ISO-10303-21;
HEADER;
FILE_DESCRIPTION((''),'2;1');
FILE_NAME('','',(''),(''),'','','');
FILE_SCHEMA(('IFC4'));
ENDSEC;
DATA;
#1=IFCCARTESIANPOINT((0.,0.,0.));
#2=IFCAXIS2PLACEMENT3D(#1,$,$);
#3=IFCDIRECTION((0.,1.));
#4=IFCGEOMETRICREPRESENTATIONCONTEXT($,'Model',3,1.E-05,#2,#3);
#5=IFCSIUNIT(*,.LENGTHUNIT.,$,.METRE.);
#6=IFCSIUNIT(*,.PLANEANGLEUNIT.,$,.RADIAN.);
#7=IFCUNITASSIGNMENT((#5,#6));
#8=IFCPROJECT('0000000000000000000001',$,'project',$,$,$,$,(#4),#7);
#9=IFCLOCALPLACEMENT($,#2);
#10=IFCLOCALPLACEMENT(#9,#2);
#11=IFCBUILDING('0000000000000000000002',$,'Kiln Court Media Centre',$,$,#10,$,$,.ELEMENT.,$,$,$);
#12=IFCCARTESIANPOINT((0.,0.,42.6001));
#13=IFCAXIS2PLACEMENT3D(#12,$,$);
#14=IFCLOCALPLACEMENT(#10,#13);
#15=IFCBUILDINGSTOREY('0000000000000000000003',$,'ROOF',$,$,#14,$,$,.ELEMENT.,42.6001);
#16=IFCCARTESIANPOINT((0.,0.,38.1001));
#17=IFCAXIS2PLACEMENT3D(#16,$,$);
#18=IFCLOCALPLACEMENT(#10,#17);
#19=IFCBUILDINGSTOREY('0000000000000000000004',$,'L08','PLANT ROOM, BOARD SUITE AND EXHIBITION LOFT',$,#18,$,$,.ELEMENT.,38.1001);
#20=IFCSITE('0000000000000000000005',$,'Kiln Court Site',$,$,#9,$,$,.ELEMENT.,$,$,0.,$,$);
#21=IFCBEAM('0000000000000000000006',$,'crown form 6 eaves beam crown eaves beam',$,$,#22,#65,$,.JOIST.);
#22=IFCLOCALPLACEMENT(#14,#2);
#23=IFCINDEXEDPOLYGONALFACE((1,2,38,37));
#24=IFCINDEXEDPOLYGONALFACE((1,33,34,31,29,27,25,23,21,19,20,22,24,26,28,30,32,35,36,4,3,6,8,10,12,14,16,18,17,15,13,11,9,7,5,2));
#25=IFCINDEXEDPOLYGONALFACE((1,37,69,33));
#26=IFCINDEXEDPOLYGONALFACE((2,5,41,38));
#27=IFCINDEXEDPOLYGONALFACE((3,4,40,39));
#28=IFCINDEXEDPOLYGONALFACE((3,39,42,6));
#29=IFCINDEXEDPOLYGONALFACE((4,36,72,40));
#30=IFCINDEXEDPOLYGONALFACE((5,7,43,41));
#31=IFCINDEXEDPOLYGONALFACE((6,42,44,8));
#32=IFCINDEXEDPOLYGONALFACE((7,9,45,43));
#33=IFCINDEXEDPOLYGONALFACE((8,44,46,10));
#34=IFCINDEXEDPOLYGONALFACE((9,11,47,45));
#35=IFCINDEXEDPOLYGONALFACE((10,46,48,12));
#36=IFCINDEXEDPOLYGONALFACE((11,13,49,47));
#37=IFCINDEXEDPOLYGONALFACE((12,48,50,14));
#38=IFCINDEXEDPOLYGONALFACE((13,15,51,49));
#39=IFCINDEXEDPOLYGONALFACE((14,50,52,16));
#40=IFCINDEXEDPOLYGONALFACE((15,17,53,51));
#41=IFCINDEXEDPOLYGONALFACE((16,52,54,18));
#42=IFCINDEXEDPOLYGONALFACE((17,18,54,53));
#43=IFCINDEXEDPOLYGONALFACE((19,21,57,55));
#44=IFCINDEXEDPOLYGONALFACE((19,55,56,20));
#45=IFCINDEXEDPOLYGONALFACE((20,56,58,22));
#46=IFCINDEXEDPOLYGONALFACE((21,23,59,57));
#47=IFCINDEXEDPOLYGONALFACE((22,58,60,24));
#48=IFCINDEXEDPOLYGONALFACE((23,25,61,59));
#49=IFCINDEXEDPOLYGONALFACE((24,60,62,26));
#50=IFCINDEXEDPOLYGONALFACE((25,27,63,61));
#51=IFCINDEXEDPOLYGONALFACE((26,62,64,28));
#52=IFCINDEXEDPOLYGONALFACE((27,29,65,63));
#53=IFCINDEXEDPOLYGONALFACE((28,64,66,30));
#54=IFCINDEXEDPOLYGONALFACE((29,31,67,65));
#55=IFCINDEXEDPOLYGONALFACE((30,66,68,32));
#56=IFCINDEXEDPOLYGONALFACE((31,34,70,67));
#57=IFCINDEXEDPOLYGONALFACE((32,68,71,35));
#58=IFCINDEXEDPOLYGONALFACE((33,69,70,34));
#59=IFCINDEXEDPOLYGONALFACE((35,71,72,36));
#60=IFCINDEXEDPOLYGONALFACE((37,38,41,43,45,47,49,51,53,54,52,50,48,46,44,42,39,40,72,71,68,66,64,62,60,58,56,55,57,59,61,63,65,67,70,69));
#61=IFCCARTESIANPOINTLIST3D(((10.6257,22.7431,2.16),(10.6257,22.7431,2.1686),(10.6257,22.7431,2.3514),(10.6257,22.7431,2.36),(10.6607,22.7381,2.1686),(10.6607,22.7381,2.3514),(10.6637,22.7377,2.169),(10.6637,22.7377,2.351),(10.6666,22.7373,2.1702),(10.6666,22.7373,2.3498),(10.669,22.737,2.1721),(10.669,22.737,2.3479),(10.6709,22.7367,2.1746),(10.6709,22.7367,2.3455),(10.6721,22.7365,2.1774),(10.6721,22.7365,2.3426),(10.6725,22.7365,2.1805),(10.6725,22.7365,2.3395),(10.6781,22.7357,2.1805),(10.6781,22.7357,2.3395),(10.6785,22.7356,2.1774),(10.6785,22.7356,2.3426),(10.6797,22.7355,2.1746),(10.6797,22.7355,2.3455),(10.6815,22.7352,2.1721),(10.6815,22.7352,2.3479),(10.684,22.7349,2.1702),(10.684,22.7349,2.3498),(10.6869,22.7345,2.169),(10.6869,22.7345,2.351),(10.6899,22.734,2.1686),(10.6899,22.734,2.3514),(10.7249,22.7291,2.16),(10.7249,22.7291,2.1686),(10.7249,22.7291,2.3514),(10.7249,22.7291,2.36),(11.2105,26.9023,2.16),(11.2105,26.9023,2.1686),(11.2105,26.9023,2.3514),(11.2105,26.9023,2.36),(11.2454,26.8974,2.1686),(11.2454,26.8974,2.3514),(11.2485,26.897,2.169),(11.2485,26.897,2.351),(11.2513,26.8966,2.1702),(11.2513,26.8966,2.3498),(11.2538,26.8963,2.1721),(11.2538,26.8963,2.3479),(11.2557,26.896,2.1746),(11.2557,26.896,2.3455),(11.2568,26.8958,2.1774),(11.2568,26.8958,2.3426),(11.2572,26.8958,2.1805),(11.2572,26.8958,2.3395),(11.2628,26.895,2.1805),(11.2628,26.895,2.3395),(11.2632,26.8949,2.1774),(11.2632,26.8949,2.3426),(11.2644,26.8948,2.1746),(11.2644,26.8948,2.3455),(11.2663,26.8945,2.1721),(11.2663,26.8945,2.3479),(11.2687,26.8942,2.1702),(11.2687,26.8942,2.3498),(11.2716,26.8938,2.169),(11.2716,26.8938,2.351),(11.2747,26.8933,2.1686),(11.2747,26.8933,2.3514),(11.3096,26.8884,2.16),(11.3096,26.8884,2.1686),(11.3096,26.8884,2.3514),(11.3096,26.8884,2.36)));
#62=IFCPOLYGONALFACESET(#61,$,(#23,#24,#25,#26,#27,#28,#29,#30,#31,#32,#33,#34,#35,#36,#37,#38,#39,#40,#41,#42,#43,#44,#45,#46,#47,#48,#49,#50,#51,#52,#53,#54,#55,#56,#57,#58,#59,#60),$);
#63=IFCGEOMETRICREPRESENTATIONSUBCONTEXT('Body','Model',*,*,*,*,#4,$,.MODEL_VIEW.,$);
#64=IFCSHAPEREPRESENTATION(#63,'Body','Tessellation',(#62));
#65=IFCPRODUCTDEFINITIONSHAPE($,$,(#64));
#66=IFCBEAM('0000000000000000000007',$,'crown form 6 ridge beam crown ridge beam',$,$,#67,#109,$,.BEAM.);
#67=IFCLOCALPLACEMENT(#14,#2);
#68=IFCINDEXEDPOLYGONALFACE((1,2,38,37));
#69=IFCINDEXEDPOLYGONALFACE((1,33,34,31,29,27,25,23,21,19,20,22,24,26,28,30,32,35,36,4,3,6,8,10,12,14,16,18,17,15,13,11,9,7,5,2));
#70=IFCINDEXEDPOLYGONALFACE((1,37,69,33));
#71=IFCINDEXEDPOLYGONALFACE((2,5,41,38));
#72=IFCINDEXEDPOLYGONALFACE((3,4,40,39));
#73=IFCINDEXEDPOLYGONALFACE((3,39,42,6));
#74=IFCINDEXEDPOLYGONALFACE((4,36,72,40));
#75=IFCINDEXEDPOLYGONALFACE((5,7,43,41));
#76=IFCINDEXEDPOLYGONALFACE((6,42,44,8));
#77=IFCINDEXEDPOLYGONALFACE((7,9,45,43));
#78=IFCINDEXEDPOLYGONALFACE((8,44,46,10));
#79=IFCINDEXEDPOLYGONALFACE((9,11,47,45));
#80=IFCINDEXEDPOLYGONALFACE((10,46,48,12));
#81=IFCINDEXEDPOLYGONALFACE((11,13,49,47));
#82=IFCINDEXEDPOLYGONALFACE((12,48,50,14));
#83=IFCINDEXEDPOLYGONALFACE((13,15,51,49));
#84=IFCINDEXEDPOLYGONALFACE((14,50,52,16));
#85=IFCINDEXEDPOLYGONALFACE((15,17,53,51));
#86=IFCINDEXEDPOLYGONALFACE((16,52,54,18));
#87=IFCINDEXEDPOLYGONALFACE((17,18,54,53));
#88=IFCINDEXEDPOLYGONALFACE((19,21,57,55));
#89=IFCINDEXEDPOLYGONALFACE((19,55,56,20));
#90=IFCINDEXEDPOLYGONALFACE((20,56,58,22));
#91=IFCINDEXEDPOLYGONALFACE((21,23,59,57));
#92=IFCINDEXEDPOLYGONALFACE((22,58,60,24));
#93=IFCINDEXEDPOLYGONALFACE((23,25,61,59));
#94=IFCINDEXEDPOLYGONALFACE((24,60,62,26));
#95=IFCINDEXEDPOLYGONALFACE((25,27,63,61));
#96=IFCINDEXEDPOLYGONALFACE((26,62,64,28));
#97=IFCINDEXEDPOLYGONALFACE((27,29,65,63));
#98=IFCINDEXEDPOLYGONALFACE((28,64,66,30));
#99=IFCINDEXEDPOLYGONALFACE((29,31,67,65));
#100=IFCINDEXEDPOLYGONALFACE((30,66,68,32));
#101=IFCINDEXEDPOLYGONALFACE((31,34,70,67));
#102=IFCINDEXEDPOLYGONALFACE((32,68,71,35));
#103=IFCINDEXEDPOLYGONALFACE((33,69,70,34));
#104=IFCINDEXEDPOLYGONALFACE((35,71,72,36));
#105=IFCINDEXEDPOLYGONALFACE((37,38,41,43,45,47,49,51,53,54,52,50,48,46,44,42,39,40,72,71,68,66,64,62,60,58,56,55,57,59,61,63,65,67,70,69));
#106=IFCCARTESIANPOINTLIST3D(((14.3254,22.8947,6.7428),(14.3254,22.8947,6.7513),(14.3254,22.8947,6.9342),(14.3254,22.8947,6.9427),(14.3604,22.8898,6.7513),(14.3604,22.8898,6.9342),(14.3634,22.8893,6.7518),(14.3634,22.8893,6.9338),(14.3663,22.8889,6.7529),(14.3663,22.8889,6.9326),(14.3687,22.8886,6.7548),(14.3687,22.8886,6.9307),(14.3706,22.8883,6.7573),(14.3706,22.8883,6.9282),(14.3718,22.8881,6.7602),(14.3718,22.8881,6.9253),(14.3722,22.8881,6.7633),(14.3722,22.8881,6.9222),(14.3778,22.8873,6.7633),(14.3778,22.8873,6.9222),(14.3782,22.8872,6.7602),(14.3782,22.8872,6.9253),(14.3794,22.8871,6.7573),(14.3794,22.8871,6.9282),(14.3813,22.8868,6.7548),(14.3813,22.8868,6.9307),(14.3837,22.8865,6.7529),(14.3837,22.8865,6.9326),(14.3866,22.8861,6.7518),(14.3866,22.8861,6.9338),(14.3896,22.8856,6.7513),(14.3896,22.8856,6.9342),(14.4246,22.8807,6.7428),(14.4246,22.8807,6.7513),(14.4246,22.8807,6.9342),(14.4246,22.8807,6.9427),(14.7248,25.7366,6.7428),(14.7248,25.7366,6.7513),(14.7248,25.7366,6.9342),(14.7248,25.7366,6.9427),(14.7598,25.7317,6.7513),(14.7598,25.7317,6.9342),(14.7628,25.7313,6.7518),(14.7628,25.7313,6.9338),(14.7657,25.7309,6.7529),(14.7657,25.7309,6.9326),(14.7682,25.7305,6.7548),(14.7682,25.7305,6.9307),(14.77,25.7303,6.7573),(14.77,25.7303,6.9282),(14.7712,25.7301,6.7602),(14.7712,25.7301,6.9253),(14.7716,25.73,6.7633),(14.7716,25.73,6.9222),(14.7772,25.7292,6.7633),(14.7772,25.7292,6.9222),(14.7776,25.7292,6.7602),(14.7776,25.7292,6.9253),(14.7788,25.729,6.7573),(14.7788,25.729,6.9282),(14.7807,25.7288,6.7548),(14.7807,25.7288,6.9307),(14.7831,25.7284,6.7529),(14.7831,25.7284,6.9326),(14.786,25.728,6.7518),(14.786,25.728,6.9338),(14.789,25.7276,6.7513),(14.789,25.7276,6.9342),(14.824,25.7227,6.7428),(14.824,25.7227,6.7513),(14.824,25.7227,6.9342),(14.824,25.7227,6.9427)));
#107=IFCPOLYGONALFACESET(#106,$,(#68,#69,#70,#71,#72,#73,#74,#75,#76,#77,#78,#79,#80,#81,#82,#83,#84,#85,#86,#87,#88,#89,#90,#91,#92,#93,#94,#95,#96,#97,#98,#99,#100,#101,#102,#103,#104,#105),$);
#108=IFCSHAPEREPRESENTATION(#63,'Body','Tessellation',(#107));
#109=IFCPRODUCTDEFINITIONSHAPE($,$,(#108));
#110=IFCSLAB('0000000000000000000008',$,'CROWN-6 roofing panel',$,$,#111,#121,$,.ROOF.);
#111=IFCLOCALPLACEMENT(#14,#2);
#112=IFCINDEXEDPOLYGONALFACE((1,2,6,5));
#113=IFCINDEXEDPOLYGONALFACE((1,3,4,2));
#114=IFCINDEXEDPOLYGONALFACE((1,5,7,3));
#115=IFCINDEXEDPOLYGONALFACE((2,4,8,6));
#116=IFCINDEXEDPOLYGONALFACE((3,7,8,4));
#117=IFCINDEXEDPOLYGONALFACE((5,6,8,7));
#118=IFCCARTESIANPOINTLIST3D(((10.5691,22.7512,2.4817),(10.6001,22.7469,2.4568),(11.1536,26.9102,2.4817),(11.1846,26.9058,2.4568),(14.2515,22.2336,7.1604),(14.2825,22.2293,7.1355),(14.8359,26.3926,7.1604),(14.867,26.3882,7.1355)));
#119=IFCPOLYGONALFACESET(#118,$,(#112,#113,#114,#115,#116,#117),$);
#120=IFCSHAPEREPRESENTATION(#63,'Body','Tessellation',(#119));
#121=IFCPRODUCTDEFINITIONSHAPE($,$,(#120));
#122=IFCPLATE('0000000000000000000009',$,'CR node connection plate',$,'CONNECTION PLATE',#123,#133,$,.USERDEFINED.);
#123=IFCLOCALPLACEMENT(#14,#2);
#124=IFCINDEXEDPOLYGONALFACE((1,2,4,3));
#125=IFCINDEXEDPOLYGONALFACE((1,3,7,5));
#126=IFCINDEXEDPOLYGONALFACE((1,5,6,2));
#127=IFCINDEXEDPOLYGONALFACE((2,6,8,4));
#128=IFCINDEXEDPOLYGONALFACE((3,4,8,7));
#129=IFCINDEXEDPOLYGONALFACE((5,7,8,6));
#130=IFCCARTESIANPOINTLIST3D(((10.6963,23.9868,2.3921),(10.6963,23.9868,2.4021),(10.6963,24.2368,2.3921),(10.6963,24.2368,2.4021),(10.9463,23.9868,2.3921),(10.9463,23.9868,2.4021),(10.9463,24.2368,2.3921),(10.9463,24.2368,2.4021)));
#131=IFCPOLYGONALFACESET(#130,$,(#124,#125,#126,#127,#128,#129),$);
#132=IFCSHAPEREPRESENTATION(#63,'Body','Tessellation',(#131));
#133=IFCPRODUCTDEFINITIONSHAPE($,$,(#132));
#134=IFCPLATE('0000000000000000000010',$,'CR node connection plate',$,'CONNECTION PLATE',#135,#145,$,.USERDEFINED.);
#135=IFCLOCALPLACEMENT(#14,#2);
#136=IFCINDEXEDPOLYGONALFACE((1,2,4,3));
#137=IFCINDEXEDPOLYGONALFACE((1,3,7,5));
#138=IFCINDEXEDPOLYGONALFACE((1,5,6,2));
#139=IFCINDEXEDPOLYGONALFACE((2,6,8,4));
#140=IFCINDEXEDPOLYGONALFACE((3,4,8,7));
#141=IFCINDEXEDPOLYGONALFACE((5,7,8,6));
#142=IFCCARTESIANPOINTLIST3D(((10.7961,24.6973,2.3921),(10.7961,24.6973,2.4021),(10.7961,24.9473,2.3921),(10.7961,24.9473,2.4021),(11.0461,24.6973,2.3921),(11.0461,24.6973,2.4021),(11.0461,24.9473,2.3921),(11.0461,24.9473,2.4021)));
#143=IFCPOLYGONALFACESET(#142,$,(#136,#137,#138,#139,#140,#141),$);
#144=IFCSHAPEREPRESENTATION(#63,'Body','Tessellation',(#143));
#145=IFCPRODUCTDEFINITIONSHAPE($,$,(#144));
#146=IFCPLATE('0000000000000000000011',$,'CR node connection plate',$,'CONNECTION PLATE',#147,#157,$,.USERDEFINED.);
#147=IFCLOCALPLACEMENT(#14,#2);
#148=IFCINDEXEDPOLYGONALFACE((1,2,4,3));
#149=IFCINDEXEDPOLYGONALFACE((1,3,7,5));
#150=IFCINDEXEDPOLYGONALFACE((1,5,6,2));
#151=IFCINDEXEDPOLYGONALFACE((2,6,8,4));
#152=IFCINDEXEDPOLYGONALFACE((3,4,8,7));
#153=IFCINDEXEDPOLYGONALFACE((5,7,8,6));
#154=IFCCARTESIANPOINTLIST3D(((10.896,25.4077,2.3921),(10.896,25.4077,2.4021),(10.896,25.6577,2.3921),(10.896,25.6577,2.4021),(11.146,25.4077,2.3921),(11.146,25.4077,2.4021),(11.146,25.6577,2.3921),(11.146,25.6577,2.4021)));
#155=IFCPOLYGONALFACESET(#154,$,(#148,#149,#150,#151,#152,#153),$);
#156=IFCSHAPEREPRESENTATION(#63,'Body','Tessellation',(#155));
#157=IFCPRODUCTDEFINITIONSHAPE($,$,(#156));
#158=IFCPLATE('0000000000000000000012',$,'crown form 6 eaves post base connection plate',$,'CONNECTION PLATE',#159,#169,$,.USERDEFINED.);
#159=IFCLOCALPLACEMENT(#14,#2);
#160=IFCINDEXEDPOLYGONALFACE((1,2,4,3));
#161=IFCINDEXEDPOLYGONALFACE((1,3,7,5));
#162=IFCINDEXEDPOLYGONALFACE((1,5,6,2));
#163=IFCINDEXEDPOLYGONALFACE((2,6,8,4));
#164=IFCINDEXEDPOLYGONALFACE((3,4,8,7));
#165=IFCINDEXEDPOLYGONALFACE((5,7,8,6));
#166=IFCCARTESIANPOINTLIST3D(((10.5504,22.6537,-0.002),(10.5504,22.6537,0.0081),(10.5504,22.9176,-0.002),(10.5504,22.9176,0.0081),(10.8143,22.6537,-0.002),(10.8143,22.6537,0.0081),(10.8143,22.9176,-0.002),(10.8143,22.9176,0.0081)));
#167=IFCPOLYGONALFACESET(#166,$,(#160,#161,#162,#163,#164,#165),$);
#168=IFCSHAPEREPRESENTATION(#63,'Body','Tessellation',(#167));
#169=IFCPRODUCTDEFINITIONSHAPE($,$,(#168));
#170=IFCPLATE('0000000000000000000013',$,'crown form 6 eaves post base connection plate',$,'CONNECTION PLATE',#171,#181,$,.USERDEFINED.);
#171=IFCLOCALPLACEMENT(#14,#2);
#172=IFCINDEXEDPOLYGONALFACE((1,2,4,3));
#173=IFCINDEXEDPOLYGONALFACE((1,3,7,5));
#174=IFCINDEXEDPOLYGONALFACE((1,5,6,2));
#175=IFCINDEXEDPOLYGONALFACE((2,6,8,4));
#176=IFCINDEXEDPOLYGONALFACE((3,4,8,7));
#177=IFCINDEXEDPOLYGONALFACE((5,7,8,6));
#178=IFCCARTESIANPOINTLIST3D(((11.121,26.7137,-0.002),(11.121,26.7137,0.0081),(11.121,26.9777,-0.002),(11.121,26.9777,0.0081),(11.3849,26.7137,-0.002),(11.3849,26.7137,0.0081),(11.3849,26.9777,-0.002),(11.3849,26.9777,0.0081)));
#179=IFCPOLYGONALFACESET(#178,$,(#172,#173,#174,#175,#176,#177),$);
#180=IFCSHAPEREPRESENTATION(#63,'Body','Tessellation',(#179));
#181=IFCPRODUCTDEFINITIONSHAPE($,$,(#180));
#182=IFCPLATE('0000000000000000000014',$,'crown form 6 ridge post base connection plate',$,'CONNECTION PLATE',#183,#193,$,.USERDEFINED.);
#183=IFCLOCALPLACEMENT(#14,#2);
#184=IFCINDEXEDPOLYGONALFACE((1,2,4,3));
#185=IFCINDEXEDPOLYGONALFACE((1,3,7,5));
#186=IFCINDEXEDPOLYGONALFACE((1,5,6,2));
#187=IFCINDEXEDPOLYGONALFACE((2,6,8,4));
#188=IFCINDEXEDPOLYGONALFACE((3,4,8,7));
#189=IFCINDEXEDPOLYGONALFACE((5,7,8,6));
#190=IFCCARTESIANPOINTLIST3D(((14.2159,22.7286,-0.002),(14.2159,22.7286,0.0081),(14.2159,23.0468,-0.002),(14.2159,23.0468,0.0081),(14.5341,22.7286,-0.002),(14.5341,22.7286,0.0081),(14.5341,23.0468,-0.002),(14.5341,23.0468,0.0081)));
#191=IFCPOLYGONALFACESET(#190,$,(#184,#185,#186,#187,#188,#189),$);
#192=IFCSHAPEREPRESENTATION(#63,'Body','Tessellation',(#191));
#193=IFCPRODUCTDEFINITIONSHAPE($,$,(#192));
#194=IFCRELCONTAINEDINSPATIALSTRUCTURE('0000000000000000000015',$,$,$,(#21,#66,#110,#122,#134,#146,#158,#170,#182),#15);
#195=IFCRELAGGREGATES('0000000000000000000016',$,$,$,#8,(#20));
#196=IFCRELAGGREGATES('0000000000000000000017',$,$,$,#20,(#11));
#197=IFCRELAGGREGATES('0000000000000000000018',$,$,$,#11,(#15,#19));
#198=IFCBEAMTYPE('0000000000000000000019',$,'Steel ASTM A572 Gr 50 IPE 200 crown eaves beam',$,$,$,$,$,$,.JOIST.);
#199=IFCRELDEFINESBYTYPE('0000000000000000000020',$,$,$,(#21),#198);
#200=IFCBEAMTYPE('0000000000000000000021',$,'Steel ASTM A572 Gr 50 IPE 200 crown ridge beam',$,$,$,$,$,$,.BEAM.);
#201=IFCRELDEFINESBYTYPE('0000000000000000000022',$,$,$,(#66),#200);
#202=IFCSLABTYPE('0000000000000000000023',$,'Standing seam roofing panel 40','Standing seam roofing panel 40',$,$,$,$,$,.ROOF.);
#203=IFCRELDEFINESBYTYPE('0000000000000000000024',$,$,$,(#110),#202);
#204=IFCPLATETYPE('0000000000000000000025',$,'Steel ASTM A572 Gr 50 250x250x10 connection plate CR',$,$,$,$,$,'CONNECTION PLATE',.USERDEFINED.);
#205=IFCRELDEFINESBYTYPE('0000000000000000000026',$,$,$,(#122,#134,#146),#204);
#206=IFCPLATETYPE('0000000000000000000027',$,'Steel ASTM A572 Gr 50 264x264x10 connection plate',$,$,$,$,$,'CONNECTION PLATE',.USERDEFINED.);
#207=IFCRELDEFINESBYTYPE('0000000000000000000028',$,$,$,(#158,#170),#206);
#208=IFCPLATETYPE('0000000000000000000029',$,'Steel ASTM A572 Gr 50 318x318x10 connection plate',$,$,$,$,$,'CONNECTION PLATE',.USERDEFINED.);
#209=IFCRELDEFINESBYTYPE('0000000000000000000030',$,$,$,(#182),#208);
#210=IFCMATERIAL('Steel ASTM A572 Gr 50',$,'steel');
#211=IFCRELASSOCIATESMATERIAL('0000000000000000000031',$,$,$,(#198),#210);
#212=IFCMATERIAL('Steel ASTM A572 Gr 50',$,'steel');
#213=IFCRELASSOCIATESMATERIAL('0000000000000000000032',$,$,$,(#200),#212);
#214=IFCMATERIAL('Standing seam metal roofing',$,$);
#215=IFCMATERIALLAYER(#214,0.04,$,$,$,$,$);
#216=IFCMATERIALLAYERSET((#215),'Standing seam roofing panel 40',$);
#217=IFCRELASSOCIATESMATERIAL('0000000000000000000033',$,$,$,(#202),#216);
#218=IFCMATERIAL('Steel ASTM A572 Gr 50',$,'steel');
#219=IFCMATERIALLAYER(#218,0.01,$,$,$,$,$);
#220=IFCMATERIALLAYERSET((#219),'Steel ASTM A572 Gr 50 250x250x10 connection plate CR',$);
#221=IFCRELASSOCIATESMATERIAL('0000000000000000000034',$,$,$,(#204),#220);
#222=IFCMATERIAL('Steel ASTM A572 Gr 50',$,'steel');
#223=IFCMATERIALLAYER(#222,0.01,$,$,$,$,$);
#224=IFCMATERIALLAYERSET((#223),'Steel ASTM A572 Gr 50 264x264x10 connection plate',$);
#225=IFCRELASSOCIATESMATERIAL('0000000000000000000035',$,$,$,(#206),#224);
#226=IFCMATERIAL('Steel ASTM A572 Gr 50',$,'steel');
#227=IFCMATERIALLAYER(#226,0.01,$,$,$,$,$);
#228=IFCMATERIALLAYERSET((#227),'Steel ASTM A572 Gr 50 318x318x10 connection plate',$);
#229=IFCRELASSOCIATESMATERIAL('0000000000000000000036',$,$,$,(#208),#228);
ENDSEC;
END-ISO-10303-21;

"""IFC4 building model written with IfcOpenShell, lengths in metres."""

from ifc_helpers import new_model, si_unit, direction, frame, origin, origin_2d, place, context, subcontext, project, spatial, polyline, rectangle, i_section, outline, extrude, material, layer, layer_set, material_profile, profile_set, type_object, element, save


model = new_model("IFC4")

# Units and contexts
model_context = context("Model", 3, precision=1e-05, world=origin(), true_north=direction((0.0, 1.0)))
body_context = subcontext(model_context, "Body", "Model", "MODEL_VIEW")
ifc_project = project(units=[si_unit("LENGTHUNIT", "METRE"), si_unit("PLANEANGLEUNIT", "RADIAN")], contexts=[model_context])

# Site, building, storey
site_placement = place(None, origin())
site = spatial("IfcSite", under=ifc_project, at=site_placement, Name="Kiln Court Site", CompositionType="ELEMENT", RefElevation=0.0)
building_placement = place(site_placement, origin())
building = spatial("IfcBuilding", under=site, at=building_placement, Name="Kiln Court Media Centre", CompositionType="ELEMENT")
storey_1_placement = place(building_placement, frame((0.0, 0.0, 42.6001)))
storey_1 = spatial("IfcBuildingStorey", under=building, at=storey_1_placement, Name="ROOF", CompositionType="ELEMENT", Elevation=42.6001)

# Beams
ifc_material_1 = material(Name="Steel ASTM A572 Gr 50", Category="steel")
ifc_material_profile_1 = material_profile(ifc_material_1, i_section(OverallWidth=0.1001, OverallDepth=0.2, WebThickness=0.0056, FlangeThickness=0.0085, FilletRadius=0.012, at=origin_2d()), Name="IPE 200")
ifc_profile_set_1 = profile_set([ifc_material_profile_1], Name="Steel ASTM A572 Gr 50")
beam_type_1 = type_object("IfcBeamType", Name="Steel ASTM A572 Gr 50 IPE 200 crown eaves beam", PredefinedType="JOIST", material=ifc_profile_set_1)
beam_1_placement = place(storey_1_placement, frame((10.6753, 22.7361, 2.26), z_axis=(0.139216, 0.990262, 0.0), x_axis=(-0.990262, 0.139216, 0.0)))
element("IfcBeam", 1, at=beam_1_placement, inside=storey_1, type_object=beam_type_1, Name="crown form 6 eaves beam crown eaves beam", PredefinedType="JOIST", context=body_context, shape_type="SweptSolid", body=[
    extrude(i_section(OverallWidth=0.1001, OverallDepth=0.2, WebThickness=0.0056, FlangeThickness=0.0085, FilletRadius=0.012, at=origin_2d()), origin(), (0.0, 0.0, 1.0), 4.2002),
])
ifc_material_2 = material(Name="Steel ASTM A572 Gr 50", Category="steel")
ifc_material_profile_2 = material_profile(ifc_material_2, i_section(OverallWidth=0.1001, OverallDepth=0.2, WebThickness=0.0056, FlangeThickness=0.0085, FilletRadius=0.012, at=origin_2d()), Name="IPE 200")
ifc_profile_set_2 = profile_set([ifc_material_profile_2], Name="Steel ASTM A572 Gr 50")
beam_type_2 = type_object("IfcBeamType", Name="Steel ASTM A572 Gr 50 IPE 200 crown ridge beam", PredefinedType="BEAM", material=ifc_profile_set_2)
beam_2_placement = place(storey_1_placement, frame((14.375, 22.8877, 6.8428), z_axis=(0.13917, 0.990268, 0.0), x_axis=(-0.990268, 0.13917, 0.0)))
element("IfcBeam", 2, at=beam_2_placement, inside=storey_1, type_object=beam_type_2, Name="crown form 6 ridge beam crown ridge beam", PredefinedType="BEAM", context=body_context, shape_type="SweptSolid", body=[
    extrude(i_section(OverallWidth=0.1001, OverallDepth=0.2, WebThickness=0.0056, FlangeThickness=0.0085, FilletRadius=0.012, at=origin_2d()), origin(), (0.0, 0.0, 1.0), 2.8699),
])

# Slab
ifc_material_3 = material(Name="Standing seam metal roofing")
ifc_layer_1 = layer(ifc_material_3, 0.04)
ifc_layer_set_1 = layer_set([ifc_layer_1], Name="Standing seam roofing panel 40")
slab_type = type_object("IfcSlabType", Name="Standing seam roofing panel 40", Description="Standing seam roofing panel 40", PredefinedType="ROOF", material=ifc_layer_set_1)
slab_placement = place(storey_1_placement, frame((10.5691, 22.7512, 2.4817), z_axis=(-0.775238, 0.108947, 0.622202), x_axis=(0.139167, 0.990269, 0.0)))
element("IfcSlab", 3, at=slab_placement, inside=storey_1, type_object=slab_type, Name="CROWN-6 roofing panel", PredefinedType="ROOF", context=body_context, shape_type="SweptSolid", body=[
    extrude(outline(polyline([(0.0, 0.0), (4.1998, 0.0), (4.1997, -5.9765), (-0.0001, -5.9765), (0.0, 0.0)])), origin(), (0.0, 0.0, -1.0), 0.04),
])

# Plates
ifc_material_4 = material(Name="Steel ASTM A572 Gr 50", Category="steel")
ifc_layer_2 = layer(ifc_material_4, 0.01)
ifc_layer_set_2 = layer_set([ifc_layer_2], Name="Steel ASTM A572 Gr 50 250x250x10 connection plate CR")
plate_type_1 = type_object("IfcPlateType", Name="Steel ASTM A572 Gr 50 250x250x10 connection plate CR", ElementType="CONNECTION PLATE", PredefinedType="USERDEFINED", material=ifc_layer_set_2)
for number, where, z_axis, x_axis, name in (
    (4, (10.8213, 24.1118, 2.3921), (0.0, 0.0, 1.0), (1.0, 0.0, 0.0), "CR node connection plate"),
    (5, (10.9211, 24.8223, 2.3921), (0.0, 0.0, 1.0), (1.0, 0.0, 0.0), "CR node connection plate"),
    (6, (11.021, 25.5327, 2.3921), (0.0, 0.0, 1.0), (1.0, 0.0, 0.0), "CR node connection plate"),
):
    element("IfcPlate", number, at=place(storey_1_placement, frame(where, z_axis=z_axis, x_axis=x_axis)), inside=storey_1, type_object=plate_type_1, Name=name, ObjectType="CONNECTION PLATE", PredefinedType="USERDEFINED", context=body_context, shape_type="SweptSolid", body=[
        extrude(rectangle(XDim=0.25, YDim=0.25, at=origin_2d()), origin(), (0.0, 0.0, 1.0), 0.01),
    ])
ifc_material_5 = material(Name="Steel ASTM A572 Gr 50", Category="steel")
ifc_layer_3 = layer(ifc_material_5, 0.01)
ifc_layer_set_3 = layer_set([ifc_layer_3], Name="Steel ASTM A572 Gr 50 264x264x10 connection plate")
plate_type_2 = type_object("IfcPlateType", Name="Steel ASTM A572 Gr 50 264x264x10 connection plate", ElementType="CONNECTION PLATE", PredefinedType="USERDEFINED", material=ifc_layer_set_3)
for number, where, z_axis, x_axis, name in (
    (7, (10.6824, 22.7856, -0.002), (0.0, 0.0, 1.0), (1.0, 0.0, 0.0), "crown form 6 eaves post base connection plate"),
    (8, (11.2529, 26.8457, -0.002), (0.0, 0.0, 1.0), (1.0, 0.0, 0.0), "crown form 6 eaves post base connection plate"),
):
    element("IfcPlate", number, at=place(storey_1_placement, frame(where, z_axis=z_axis, x_axis=x_axis)), inside=storey_1, type_object=plate_type_2, Name=name, ObjectType="CONNECTION PLATE", PredefinedType="USERDEFINED", context=body_context, shape_type="SweptSolid", body=[
        extrude(rectangle(XDim=0.2639, YDim=0.2639, at=origin_2d()), origin(), (0.0, 0.0, 1.0), 0.01),
    ])
ifc_material_6 = material(Name="Steel ASTM A572 Gr 50", Category="steel")
ifc_layer_4 = layer(ifc_material_6, 0.01)
ifc_layer_set_4 = layer_set([ifc_layer_4], Name="Steel ASTM A572 Gr 50 318x318x10 connection plate")
plate_type_3 = type_object("IfcPlateType", Name="Steel ASTM A572 Gr 50 318x318x10 connection plate", ElementType="CONNECTION PLATE", PredefinedType="USERDEFINED", material=ifc_layer_set_4)
plate_placement = place(storey_1_placement, frame((14.375, 22.8877, -0.002), z_axis=(0.0, 0.0, 1.0), x_axis=(1.0, 0.0, 0.0)))
element("IfcPlate", 9, at=plate_placement, inside=storey_1, type_object=plate_type_3, Name="crown form 6 ridge post base connection plate", ObjectType="CONNECTION PLATE", PredefinedType="USERDEFINED", context=body_context, shape_type="SweptSolid", body=[
    extrude(rectangle(XDim=0.3181, YDim=0.3181, at=origin_2d()), origin(), (0.0, 0.0, 1.0), 0.01),
])

# Shared definitions
storey_2_placement = place(building_placement, frame((0.0, 0.0, 38.1001)))
storey_2 = spatial("IfcBuildingStorey", under=building, at=storey_2_placement, Name="L08", Description="PLANT ROOM, BOARD SUITE AND EXHIBITION LOFT", CompositionType="ELEMENT", Elevation=38.1001)

save(model, "model.ifc")
